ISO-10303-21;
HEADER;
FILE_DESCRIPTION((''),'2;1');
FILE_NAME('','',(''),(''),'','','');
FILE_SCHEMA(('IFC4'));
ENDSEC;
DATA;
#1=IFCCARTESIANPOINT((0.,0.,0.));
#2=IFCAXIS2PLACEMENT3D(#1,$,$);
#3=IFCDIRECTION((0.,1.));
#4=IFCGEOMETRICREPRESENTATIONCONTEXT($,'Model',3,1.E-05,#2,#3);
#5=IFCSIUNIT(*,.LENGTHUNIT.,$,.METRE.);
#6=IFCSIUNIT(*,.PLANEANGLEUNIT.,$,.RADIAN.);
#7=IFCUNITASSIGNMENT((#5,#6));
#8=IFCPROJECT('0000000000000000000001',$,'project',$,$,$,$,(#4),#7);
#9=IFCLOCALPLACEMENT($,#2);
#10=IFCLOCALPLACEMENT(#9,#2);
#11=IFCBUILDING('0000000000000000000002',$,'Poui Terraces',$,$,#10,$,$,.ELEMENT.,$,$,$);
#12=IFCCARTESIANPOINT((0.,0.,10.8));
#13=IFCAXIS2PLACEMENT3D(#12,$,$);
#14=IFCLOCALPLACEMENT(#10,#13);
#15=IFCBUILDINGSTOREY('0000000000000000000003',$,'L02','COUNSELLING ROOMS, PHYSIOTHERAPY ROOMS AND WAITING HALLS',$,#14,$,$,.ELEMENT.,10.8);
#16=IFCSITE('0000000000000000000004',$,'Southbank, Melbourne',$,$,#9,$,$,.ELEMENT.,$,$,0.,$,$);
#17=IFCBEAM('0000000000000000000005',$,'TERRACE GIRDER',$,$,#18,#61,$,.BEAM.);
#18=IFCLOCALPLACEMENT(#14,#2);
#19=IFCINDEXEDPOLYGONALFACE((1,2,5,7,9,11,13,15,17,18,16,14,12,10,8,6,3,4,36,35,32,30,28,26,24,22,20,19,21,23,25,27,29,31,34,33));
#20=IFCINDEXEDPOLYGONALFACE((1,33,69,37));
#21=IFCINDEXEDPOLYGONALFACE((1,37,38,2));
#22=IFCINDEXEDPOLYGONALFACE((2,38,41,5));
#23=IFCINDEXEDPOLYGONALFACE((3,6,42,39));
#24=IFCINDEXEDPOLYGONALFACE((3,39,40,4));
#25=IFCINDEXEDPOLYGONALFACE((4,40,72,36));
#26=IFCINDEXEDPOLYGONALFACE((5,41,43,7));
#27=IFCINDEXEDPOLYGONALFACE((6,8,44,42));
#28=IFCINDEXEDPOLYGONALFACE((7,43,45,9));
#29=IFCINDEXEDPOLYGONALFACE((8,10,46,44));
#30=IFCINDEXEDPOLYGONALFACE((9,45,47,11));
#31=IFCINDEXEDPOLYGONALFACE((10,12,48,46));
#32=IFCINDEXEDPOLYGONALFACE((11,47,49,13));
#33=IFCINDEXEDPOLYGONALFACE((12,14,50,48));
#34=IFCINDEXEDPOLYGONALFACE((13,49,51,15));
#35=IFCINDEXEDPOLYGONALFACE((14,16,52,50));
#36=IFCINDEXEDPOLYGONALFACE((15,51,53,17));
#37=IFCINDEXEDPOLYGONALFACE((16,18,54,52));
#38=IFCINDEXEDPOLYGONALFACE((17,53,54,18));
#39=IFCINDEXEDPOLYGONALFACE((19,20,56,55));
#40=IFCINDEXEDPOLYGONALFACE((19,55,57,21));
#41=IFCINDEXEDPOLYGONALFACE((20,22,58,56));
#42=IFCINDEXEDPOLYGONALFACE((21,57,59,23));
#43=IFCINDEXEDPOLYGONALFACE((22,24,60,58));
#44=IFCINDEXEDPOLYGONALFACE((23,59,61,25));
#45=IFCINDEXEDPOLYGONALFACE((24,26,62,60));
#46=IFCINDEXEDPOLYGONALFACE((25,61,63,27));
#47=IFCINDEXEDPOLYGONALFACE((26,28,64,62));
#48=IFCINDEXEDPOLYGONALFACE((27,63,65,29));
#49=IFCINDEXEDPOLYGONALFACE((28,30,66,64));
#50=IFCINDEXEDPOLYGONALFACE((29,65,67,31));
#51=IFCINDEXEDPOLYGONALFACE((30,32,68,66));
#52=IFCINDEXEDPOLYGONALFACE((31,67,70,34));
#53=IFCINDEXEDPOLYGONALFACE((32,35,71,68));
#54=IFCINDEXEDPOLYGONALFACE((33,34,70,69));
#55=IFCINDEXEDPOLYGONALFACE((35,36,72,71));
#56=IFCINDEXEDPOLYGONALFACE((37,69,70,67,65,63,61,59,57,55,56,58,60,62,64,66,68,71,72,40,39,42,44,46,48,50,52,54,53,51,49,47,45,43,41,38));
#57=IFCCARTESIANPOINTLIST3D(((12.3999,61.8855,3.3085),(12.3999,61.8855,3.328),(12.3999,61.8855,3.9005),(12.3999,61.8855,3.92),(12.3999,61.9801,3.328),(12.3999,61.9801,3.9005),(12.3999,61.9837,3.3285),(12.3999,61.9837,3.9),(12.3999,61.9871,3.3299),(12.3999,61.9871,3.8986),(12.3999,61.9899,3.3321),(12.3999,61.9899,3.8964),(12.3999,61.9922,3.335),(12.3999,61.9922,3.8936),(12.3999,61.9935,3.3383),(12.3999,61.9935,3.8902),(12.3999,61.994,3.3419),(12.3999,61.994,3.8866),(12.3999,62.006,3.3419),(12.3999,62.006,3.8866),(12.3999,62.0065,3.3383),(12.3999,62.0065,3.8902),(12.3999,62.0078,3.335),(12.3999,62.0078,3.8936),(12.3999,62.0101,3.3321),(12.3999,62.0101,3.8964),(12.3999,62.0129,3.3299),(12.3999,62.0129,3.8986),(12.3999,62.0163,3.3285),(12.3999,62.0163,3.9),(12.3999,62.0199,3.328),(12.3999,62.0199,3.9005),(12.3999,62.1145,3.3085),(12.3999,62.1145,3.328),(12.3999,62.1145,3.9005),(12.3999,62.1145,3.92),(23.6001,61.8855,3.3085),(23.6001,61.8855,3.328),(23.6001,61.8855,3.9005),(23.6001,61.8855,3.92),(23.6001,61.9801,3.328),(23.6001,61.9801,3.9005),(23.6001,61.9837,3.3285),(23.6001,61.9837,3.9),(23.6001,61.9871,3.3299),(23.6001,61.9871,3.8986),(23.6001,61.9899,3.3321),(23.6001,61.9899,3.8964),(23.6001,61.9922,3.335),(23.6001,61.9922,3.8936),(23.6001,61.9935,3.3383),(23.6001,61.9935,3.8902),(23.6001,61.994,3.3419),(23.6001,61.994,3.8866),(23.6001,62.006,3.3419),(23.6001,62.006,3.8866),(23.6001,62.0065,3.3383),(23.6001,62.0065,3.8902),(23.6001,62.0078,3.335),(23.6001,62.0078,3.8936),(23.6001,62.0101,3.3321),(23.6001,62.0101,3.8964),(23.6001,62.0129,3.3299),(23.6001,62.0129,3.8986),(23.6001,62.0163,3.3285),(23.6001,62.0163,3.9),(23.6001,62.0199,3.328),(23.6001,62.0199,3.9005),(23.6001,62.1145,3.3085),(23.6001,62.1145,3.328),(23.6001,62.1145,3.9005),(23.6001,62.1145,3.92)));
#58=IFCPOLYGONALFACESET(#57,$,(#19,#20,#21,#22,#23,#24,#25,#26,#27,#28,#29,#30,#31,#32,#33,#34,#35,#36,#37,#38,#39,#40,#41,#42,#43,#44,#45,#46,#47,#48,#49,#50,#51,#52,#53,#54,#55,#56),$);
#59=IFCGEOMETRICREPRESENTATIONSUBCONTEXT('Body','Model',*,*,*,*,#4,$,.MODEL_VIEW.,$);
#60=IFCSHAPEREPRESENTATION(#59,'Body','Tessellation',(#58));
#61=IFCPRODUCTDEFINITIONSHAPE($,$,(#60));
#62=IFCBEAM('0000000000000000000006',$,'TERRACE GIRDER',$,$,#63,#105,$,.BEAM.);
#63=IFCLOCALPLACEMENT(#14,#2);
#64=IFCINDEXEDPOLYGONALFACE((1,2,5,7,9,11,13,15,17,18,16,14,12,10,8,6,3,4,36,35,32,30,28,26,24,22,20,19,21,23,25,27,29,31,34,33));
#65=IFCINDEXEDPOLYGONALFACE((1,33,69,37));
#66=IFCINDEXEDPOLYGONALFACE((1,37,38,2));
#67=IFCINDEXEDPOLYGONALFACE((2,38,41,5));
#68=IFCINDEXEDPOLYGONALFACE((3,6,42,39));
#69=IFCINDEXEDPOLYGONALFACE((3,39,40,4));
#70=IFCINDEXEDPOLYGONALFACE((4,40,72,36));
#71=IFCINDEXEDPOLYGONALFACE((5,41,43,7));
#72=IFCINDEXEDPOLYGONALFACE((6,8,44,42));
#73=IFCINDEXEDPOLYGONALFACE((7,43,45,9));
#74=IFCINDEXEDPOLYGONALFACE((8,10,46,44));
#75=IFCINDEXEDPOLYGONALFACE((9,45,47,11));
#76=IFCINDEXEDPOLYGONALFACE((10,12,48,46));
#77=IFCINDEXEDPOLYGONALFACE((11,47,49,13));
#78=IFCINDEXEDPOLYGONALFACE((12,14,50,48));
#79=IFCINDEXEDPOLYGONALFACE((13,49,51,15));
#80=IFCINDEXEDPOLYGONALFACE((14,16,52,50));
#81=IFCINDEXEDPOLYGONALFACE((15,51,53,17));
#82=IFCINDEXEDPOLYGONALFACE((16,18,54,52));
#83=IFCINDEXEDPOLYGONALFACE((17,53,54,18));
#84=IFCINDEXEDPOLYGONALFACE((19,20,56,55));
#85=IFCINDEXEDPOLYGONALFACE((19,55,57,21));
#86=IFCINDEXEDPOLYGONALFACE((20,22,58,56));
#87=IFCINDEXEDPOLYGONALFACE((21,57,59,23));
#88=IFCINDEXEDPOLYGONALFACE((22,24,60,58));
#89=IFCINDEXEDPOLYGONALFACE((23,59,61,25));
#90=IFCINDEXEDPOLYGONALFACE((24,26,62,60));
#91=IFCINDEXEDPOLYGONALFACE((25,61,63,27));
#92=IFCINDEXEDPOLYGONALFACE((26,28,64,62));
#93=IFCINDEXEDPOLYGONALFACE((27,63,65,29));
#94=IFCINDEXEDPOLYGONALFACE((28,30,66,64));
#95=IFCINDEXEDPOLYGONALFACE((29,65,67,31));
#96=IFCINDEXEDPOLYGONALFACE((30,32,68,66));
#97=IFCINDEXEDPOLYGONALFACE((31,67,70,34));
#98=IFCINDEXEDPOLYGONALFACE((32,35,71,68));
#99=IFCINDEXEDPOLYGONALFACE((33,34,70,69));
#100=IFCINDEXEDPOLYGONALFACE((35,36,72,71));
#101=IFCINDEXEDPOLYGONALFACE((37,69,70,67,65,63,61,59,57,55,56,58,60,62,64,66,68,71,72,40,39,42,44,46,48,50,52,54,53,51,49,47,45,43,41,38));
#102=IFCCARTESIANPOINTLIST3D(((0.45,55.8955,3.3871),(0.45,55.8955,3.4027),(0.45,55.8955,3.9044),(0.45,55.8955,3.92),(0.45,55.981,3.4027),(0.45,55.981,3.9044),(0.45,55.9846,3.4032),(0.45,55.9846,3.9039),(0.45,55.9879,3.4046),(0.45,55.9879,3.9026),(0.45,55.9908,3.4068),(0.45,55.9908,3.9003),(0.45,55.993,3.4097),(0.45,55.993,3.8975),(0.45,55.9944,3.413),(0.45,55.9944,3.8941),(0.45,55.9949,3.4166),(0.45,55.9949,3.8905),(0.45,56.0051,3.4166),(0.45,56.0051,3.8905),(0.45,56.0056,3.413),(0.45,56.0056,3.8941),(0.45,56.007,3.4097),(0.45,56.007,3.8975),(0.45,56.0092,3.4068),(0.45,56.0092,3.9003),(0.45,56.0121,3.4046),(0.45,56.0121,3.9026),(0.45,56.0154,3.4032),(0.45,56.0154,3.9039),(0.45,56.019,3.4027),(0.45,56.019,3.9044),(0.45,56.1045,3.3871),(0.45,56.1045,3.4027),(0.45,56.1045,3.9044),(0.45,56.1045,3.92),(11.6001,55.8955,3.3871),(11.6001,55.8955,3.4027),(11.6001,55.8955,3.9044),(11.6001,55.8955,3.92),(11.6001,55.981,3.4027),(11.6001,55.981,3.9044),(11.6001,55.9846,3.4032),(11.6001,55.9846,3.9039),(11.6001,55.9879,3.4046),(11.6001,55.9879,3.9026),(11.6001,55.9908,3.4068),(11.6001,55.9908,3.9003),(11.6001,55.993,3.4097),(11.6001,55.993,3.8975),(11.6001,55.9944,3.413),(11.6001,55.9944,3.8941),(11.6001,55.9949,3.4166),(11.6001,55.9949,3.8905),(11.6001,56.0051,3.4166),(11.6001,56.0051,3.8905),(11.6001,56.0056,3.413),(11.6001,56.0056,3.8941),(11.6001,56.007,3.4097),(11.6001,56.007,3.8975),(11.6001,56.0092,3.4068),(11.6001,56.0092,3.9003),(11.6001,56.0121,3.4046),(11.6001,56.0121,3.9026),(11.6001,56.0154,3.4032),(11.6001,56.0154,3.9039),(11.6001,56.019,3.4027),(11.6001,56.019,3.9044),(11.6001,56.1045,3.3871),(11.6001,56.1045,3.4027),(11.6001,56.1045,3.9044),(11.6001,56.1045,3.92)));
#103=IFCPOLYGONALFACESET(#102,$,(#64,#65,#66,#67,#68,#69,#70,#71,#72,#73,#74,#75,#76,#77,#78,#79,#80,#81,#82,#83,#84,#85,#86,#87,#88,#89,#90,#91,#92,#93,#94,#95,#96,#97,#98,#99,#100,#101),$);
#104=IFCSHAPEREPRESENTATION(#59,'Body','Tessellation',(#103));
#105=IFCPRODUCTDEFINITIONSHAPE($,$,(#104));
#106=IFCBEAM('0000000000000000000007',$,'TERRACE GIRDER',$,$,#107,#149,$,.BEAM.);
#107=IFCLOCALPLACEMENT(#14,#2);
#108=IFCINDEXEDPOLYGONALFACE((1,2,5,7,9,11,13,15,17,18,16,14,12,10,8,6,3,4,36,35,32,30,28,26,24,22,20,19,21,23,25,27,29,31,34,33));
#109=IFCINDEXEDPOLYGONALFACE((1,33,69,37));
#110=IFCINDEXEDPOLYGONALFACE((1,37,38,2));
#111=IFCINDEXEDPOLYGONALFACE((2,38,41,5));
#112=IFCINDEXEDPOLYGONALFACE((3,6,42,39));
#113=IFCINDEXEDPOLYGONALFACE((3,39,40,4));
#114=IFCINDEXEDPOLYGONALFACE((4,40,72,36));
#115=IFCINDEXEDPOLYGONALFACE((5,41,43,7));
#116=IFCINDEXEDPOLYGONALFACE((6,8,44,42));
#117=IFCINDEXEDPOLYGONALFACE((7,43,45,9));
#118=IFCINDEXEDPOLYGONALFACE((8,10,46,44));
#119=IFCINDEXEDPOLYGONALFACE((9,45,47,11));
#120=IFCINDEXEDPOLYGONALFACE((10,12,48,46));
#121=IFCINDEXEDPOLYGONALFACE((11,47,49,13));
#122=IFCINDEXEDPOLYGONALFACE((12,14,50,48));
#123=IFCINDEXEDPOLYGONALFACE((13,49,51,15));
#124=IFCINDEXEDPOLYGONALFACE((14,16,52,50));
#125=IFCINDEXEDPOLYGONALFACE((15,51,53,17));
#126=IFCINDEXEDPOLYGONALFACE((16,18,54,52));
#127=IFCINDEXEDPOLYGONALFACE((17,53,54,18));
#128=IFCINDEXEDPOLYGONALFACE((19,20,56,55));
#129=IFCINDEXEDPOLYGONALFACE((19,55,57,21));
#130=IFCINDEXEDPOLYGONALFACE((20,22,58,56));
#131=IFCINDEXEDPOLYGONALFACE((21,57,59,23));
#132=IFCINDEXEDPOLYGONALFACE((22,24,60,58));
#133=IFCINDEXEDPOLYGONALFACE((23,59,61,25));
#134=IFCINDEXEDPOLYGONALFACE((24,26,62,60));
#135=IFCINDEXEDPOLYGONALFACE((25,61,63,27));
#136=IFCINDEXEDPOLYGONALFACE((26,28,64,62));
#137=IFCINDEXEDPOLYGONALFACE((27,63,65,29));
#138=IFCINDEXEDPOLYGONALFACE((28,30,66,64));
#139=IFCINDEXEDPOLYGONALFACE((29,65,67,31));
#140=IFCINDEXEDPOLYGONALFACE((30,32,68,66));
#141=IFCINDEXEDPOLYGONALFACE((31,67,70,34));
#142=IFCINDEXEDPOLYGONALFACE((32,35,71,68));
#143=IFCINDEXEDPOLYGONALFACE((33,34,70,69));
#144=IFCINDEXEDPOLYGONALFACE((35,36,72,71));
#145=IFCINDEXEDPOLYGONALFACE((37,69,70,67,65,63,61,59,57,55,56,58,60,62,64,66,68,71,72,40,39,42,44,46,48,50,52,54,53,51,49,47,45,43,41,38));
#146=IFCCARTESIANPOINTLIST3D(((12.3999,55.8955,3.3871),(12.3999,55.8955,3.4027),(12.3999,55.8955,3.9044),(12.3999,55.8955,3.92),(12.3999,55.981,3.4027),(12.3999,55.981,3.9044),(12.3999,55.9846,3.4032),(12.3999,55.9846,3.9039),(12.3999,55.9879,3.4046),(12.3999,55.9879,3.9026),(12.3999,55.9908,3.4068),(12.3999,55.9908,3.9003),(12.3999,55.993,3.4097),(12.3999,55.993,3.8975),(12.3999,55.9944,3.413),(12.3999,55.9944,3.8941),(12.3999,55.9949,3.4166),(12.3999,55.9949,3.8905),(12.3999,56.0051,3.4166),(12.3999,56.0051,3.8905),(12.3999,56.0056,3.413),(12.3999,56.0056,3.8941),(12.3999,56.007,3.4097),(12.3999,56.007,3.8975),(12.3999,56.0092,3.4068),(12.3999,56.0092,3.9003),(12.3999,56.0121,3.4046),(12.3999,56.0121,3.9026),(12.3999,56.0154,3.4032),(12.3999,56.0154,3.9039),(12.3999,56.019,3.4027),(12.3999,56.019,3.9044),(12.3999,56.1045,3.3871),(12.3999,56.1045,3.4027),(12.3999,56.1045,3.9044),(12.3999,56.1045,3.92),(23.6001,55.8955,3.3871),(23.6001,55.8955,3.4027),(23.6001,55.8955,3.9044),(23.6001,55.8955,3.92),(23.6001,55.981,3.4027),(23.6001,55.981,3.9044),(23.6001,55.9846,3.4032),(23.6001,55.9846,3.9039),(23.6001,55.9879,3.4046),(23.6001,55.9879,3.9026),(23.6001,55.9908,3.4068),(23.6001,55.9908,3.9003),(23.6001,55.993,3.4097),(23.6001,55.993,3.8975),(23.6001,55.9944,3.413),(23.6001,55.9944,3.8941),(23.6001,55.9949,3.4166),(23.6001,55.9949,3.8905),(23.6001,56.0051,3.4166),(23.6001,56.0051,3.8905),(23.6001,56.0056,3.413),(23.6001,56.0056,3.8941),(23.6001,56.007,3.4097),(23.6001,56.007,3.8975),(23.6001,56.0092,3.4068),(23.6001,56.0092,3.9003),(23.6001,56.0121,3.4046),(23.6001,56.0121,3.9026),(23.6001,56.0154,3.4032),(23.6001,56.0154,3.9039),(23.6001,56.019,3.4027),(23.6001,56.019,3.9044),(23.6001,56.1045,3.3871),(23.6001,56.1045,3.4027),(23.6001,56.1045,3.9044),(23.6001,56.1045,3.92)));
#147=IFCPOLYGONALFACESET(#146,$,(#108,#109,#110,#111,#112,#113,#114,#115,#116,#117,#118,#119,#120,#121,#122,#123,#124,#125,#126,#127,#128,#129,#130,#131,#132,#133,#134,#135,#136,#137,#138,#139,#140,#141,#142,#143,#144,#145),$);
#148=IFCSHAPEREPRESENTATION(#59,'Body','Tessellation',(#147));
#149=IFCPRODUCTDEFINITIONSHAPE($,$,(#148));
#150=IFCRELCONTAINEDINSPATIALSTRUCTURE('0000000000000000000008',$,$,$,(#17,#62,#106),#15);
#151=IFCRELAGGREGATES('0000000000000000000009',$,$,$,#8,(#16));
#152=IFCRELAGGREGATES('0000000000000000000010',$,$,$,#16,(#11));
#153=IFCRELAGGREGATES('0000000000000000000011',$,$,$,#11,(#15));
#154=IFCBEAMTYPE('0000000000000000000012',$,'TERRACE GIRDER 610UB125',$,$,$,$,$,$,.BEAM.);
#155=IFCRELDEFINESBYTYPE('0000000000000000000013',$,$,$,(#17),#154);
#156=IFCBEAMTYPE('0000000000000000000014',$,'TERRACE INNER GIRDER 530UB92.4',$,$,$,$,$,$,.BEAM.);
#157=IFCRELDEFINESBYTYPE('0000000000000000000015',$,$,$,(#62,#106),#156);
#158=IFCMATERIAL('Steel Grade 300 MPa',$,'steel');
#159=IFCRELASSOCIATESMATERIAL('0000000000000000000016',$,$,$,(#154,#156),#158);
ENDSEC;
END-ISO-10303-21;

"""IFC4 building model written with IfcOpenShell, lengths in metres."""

from ifc_helpers import new_model, si_unit, direction, frame, origin, origin_2d, place, context, subcontext, project, spatial, i_section, extrude, source, transform, mapped, material, material_profile, profile_set, type_object, element, save


model = new_model("IFC4")

# Units and contexts
model_context = context("Model", 3, precision=1e-05, world=origin(), true_north=direction((0.0, 1.0)))
body_context = subcontext(model_context, "Body", "Model", "MODEL_VIEW")
ifc_project = project(units=[si_unit("LENGTHUNIT", "METRE"), si_unit("PLANEANGLEUNIT", "RADIAN")], contexts=[model_context])

# Site, building, storey
site_placement = place(None, origin())
site = spatial("IfcSite", under=ifc_project, at=site_placement, Name="Southbank, Melbourne", CompositionType="ELEMENT", RefElevation=0.0)
building_placement = place(site_placement, origin())
building = spatial("IfcBuilding", under=site, at=building_placement, Name="Poui Terraces", CompositionType="ELEMENT")
storey_placement = place(building_placement, frame((0.0, 0.0, 10.8)))
storey = spatial("IfcBuildingStorey", under=building, at=storey_placement, Name="L02", Description="COUNSELLING ROOMS, PHYSIOTHERAPY ROOMS AND WAITING HALLS", CompositionType="ELEMENT", Elevation=10.8)

# Beams
ifc_material_1 = material(Name="Steel Grade 300 MPa", Category="steel")
ifc_material_profile_1 = material_profile(ifc_material_1, i_section(OverallWidth=0.229, OverallDepth=0.6116, WebThickness=0.012, FlangeThickness=0.0195, FilletRadius=0.0139, at=origin_2d()), Name="610UB125")
ifc_profile_set_1 = profile_set([ifc_material_profile_1], Name="Steel Grade 300 MPa")
beam_type_1 = type_object("IfcBeamType", Name="TERRACE GIRDER 610UB125", PredefinedType="BEAM", material=ifc_profile_set_1)
shared_shape_1 = source(origin(), body_context, "Body", "SweptSolid", [
    extrude(i_section(OverallWidth=0.229, OverallDepth=0.6116, WebThickness=0.012, FlangeThickness=0.0195, FilletRadius=0.0139, at=origin_2d()), origin(), (0.0, 0.0, 1.0), 11.2002),
])
beam_1_placement = place(storey_placement, frame((12.3999, 62.0, 3.6143), z_axis=(1.0, 0.0, 0.0), x_axis=(0.0, 1.0, 0.0)))
element("IfcBeam", 1, at=beam_1_placement, inside=storey, type_object=beam_type_1, Name="TERRACE GIRDER", PredefinedType="BEAM", context=body_context, shape_type="MappedRepresentation", body=[
    mapped(shared_shape_1, transform((0.0, 0.0, 0.0))),
])
ifc_material_profile_2 = material_profile(ifc_material_1, i_section(OverallWidth=0.209, OverallDepth=0.533, WebThickness=0.0103, FlangeThickness=0.0156, FilletRadius=0.0139, at=origin_2d()), Name="530UB92.4")
ifc_profile_set_2 = profile_set([ifc_material_profile_2], Name="Steel Grade 300 MPa")
beam_type_2 = type_object("IfcBeamType", Name="TERRACE INNER GIRDER 530UB92.4", PredefinedType="BEAM", material=ifc_profile_set_2)
shared_shape_2 = source(origin(), body_context, "Body", "SweptSolid", [
    extrude(i_section(OverallWidth=0.209, OverallDepth=0.533, WebThickness=0.0103, FlangeThickness=0.0156, FilletRadius=0.0139, at=origin_2d()), origin(), (0.0, 0.0, 1.0), 11.1501),
])
beam_2_placement = place(storey_placement, frame((0.45, 56.0, 3.6536), z_axis=(1.0, 0.0, 0.0), x_axis=(0.0, 1.0, 0.0)))
element("IfcBeam", 2, at=beam_2_placement, inside=storey, type_object=beam_type_2, Name="TERRACE GIRDER", PredefinedType="BEAM", context=body_context, shape_type="MappedRepresentation", body=[
    mapped(shared_shape_2, transform((0.0, 0.0, 0.0))),
])
shared_shape_3 = source(origin(), body_context, "Body", "SweptSolid", [
    extrude(i_section(OverallWidth=0.209, OverallDepth=0.533, WebThickness=0.0103, FlangeThickness=0.0156, FilletRadius=0.0139, at=origin_2d()), origin(), (0.0, 0.0, 1.0), 11.2002),
])
beam_3_placement = place(storey_placement, frame((12.3999, 56.0, 3.6536), z_axis=(1.0, 0.0, 0.0), x_axis=(0.0, 1.0, 0.0)))
element("IfcBeam", 3, at=beam_3_placement, inside=storey, type_object=beam_type_2, Name="TERRACE GIRDER", PredefinedType="BEAM", context=body_context, shape_type="MappedRepresentation", body=[
    mapped(shared_shape_3, transform((0.0, 0.0, 0.0))),
])

save(model, "model.ifc")
